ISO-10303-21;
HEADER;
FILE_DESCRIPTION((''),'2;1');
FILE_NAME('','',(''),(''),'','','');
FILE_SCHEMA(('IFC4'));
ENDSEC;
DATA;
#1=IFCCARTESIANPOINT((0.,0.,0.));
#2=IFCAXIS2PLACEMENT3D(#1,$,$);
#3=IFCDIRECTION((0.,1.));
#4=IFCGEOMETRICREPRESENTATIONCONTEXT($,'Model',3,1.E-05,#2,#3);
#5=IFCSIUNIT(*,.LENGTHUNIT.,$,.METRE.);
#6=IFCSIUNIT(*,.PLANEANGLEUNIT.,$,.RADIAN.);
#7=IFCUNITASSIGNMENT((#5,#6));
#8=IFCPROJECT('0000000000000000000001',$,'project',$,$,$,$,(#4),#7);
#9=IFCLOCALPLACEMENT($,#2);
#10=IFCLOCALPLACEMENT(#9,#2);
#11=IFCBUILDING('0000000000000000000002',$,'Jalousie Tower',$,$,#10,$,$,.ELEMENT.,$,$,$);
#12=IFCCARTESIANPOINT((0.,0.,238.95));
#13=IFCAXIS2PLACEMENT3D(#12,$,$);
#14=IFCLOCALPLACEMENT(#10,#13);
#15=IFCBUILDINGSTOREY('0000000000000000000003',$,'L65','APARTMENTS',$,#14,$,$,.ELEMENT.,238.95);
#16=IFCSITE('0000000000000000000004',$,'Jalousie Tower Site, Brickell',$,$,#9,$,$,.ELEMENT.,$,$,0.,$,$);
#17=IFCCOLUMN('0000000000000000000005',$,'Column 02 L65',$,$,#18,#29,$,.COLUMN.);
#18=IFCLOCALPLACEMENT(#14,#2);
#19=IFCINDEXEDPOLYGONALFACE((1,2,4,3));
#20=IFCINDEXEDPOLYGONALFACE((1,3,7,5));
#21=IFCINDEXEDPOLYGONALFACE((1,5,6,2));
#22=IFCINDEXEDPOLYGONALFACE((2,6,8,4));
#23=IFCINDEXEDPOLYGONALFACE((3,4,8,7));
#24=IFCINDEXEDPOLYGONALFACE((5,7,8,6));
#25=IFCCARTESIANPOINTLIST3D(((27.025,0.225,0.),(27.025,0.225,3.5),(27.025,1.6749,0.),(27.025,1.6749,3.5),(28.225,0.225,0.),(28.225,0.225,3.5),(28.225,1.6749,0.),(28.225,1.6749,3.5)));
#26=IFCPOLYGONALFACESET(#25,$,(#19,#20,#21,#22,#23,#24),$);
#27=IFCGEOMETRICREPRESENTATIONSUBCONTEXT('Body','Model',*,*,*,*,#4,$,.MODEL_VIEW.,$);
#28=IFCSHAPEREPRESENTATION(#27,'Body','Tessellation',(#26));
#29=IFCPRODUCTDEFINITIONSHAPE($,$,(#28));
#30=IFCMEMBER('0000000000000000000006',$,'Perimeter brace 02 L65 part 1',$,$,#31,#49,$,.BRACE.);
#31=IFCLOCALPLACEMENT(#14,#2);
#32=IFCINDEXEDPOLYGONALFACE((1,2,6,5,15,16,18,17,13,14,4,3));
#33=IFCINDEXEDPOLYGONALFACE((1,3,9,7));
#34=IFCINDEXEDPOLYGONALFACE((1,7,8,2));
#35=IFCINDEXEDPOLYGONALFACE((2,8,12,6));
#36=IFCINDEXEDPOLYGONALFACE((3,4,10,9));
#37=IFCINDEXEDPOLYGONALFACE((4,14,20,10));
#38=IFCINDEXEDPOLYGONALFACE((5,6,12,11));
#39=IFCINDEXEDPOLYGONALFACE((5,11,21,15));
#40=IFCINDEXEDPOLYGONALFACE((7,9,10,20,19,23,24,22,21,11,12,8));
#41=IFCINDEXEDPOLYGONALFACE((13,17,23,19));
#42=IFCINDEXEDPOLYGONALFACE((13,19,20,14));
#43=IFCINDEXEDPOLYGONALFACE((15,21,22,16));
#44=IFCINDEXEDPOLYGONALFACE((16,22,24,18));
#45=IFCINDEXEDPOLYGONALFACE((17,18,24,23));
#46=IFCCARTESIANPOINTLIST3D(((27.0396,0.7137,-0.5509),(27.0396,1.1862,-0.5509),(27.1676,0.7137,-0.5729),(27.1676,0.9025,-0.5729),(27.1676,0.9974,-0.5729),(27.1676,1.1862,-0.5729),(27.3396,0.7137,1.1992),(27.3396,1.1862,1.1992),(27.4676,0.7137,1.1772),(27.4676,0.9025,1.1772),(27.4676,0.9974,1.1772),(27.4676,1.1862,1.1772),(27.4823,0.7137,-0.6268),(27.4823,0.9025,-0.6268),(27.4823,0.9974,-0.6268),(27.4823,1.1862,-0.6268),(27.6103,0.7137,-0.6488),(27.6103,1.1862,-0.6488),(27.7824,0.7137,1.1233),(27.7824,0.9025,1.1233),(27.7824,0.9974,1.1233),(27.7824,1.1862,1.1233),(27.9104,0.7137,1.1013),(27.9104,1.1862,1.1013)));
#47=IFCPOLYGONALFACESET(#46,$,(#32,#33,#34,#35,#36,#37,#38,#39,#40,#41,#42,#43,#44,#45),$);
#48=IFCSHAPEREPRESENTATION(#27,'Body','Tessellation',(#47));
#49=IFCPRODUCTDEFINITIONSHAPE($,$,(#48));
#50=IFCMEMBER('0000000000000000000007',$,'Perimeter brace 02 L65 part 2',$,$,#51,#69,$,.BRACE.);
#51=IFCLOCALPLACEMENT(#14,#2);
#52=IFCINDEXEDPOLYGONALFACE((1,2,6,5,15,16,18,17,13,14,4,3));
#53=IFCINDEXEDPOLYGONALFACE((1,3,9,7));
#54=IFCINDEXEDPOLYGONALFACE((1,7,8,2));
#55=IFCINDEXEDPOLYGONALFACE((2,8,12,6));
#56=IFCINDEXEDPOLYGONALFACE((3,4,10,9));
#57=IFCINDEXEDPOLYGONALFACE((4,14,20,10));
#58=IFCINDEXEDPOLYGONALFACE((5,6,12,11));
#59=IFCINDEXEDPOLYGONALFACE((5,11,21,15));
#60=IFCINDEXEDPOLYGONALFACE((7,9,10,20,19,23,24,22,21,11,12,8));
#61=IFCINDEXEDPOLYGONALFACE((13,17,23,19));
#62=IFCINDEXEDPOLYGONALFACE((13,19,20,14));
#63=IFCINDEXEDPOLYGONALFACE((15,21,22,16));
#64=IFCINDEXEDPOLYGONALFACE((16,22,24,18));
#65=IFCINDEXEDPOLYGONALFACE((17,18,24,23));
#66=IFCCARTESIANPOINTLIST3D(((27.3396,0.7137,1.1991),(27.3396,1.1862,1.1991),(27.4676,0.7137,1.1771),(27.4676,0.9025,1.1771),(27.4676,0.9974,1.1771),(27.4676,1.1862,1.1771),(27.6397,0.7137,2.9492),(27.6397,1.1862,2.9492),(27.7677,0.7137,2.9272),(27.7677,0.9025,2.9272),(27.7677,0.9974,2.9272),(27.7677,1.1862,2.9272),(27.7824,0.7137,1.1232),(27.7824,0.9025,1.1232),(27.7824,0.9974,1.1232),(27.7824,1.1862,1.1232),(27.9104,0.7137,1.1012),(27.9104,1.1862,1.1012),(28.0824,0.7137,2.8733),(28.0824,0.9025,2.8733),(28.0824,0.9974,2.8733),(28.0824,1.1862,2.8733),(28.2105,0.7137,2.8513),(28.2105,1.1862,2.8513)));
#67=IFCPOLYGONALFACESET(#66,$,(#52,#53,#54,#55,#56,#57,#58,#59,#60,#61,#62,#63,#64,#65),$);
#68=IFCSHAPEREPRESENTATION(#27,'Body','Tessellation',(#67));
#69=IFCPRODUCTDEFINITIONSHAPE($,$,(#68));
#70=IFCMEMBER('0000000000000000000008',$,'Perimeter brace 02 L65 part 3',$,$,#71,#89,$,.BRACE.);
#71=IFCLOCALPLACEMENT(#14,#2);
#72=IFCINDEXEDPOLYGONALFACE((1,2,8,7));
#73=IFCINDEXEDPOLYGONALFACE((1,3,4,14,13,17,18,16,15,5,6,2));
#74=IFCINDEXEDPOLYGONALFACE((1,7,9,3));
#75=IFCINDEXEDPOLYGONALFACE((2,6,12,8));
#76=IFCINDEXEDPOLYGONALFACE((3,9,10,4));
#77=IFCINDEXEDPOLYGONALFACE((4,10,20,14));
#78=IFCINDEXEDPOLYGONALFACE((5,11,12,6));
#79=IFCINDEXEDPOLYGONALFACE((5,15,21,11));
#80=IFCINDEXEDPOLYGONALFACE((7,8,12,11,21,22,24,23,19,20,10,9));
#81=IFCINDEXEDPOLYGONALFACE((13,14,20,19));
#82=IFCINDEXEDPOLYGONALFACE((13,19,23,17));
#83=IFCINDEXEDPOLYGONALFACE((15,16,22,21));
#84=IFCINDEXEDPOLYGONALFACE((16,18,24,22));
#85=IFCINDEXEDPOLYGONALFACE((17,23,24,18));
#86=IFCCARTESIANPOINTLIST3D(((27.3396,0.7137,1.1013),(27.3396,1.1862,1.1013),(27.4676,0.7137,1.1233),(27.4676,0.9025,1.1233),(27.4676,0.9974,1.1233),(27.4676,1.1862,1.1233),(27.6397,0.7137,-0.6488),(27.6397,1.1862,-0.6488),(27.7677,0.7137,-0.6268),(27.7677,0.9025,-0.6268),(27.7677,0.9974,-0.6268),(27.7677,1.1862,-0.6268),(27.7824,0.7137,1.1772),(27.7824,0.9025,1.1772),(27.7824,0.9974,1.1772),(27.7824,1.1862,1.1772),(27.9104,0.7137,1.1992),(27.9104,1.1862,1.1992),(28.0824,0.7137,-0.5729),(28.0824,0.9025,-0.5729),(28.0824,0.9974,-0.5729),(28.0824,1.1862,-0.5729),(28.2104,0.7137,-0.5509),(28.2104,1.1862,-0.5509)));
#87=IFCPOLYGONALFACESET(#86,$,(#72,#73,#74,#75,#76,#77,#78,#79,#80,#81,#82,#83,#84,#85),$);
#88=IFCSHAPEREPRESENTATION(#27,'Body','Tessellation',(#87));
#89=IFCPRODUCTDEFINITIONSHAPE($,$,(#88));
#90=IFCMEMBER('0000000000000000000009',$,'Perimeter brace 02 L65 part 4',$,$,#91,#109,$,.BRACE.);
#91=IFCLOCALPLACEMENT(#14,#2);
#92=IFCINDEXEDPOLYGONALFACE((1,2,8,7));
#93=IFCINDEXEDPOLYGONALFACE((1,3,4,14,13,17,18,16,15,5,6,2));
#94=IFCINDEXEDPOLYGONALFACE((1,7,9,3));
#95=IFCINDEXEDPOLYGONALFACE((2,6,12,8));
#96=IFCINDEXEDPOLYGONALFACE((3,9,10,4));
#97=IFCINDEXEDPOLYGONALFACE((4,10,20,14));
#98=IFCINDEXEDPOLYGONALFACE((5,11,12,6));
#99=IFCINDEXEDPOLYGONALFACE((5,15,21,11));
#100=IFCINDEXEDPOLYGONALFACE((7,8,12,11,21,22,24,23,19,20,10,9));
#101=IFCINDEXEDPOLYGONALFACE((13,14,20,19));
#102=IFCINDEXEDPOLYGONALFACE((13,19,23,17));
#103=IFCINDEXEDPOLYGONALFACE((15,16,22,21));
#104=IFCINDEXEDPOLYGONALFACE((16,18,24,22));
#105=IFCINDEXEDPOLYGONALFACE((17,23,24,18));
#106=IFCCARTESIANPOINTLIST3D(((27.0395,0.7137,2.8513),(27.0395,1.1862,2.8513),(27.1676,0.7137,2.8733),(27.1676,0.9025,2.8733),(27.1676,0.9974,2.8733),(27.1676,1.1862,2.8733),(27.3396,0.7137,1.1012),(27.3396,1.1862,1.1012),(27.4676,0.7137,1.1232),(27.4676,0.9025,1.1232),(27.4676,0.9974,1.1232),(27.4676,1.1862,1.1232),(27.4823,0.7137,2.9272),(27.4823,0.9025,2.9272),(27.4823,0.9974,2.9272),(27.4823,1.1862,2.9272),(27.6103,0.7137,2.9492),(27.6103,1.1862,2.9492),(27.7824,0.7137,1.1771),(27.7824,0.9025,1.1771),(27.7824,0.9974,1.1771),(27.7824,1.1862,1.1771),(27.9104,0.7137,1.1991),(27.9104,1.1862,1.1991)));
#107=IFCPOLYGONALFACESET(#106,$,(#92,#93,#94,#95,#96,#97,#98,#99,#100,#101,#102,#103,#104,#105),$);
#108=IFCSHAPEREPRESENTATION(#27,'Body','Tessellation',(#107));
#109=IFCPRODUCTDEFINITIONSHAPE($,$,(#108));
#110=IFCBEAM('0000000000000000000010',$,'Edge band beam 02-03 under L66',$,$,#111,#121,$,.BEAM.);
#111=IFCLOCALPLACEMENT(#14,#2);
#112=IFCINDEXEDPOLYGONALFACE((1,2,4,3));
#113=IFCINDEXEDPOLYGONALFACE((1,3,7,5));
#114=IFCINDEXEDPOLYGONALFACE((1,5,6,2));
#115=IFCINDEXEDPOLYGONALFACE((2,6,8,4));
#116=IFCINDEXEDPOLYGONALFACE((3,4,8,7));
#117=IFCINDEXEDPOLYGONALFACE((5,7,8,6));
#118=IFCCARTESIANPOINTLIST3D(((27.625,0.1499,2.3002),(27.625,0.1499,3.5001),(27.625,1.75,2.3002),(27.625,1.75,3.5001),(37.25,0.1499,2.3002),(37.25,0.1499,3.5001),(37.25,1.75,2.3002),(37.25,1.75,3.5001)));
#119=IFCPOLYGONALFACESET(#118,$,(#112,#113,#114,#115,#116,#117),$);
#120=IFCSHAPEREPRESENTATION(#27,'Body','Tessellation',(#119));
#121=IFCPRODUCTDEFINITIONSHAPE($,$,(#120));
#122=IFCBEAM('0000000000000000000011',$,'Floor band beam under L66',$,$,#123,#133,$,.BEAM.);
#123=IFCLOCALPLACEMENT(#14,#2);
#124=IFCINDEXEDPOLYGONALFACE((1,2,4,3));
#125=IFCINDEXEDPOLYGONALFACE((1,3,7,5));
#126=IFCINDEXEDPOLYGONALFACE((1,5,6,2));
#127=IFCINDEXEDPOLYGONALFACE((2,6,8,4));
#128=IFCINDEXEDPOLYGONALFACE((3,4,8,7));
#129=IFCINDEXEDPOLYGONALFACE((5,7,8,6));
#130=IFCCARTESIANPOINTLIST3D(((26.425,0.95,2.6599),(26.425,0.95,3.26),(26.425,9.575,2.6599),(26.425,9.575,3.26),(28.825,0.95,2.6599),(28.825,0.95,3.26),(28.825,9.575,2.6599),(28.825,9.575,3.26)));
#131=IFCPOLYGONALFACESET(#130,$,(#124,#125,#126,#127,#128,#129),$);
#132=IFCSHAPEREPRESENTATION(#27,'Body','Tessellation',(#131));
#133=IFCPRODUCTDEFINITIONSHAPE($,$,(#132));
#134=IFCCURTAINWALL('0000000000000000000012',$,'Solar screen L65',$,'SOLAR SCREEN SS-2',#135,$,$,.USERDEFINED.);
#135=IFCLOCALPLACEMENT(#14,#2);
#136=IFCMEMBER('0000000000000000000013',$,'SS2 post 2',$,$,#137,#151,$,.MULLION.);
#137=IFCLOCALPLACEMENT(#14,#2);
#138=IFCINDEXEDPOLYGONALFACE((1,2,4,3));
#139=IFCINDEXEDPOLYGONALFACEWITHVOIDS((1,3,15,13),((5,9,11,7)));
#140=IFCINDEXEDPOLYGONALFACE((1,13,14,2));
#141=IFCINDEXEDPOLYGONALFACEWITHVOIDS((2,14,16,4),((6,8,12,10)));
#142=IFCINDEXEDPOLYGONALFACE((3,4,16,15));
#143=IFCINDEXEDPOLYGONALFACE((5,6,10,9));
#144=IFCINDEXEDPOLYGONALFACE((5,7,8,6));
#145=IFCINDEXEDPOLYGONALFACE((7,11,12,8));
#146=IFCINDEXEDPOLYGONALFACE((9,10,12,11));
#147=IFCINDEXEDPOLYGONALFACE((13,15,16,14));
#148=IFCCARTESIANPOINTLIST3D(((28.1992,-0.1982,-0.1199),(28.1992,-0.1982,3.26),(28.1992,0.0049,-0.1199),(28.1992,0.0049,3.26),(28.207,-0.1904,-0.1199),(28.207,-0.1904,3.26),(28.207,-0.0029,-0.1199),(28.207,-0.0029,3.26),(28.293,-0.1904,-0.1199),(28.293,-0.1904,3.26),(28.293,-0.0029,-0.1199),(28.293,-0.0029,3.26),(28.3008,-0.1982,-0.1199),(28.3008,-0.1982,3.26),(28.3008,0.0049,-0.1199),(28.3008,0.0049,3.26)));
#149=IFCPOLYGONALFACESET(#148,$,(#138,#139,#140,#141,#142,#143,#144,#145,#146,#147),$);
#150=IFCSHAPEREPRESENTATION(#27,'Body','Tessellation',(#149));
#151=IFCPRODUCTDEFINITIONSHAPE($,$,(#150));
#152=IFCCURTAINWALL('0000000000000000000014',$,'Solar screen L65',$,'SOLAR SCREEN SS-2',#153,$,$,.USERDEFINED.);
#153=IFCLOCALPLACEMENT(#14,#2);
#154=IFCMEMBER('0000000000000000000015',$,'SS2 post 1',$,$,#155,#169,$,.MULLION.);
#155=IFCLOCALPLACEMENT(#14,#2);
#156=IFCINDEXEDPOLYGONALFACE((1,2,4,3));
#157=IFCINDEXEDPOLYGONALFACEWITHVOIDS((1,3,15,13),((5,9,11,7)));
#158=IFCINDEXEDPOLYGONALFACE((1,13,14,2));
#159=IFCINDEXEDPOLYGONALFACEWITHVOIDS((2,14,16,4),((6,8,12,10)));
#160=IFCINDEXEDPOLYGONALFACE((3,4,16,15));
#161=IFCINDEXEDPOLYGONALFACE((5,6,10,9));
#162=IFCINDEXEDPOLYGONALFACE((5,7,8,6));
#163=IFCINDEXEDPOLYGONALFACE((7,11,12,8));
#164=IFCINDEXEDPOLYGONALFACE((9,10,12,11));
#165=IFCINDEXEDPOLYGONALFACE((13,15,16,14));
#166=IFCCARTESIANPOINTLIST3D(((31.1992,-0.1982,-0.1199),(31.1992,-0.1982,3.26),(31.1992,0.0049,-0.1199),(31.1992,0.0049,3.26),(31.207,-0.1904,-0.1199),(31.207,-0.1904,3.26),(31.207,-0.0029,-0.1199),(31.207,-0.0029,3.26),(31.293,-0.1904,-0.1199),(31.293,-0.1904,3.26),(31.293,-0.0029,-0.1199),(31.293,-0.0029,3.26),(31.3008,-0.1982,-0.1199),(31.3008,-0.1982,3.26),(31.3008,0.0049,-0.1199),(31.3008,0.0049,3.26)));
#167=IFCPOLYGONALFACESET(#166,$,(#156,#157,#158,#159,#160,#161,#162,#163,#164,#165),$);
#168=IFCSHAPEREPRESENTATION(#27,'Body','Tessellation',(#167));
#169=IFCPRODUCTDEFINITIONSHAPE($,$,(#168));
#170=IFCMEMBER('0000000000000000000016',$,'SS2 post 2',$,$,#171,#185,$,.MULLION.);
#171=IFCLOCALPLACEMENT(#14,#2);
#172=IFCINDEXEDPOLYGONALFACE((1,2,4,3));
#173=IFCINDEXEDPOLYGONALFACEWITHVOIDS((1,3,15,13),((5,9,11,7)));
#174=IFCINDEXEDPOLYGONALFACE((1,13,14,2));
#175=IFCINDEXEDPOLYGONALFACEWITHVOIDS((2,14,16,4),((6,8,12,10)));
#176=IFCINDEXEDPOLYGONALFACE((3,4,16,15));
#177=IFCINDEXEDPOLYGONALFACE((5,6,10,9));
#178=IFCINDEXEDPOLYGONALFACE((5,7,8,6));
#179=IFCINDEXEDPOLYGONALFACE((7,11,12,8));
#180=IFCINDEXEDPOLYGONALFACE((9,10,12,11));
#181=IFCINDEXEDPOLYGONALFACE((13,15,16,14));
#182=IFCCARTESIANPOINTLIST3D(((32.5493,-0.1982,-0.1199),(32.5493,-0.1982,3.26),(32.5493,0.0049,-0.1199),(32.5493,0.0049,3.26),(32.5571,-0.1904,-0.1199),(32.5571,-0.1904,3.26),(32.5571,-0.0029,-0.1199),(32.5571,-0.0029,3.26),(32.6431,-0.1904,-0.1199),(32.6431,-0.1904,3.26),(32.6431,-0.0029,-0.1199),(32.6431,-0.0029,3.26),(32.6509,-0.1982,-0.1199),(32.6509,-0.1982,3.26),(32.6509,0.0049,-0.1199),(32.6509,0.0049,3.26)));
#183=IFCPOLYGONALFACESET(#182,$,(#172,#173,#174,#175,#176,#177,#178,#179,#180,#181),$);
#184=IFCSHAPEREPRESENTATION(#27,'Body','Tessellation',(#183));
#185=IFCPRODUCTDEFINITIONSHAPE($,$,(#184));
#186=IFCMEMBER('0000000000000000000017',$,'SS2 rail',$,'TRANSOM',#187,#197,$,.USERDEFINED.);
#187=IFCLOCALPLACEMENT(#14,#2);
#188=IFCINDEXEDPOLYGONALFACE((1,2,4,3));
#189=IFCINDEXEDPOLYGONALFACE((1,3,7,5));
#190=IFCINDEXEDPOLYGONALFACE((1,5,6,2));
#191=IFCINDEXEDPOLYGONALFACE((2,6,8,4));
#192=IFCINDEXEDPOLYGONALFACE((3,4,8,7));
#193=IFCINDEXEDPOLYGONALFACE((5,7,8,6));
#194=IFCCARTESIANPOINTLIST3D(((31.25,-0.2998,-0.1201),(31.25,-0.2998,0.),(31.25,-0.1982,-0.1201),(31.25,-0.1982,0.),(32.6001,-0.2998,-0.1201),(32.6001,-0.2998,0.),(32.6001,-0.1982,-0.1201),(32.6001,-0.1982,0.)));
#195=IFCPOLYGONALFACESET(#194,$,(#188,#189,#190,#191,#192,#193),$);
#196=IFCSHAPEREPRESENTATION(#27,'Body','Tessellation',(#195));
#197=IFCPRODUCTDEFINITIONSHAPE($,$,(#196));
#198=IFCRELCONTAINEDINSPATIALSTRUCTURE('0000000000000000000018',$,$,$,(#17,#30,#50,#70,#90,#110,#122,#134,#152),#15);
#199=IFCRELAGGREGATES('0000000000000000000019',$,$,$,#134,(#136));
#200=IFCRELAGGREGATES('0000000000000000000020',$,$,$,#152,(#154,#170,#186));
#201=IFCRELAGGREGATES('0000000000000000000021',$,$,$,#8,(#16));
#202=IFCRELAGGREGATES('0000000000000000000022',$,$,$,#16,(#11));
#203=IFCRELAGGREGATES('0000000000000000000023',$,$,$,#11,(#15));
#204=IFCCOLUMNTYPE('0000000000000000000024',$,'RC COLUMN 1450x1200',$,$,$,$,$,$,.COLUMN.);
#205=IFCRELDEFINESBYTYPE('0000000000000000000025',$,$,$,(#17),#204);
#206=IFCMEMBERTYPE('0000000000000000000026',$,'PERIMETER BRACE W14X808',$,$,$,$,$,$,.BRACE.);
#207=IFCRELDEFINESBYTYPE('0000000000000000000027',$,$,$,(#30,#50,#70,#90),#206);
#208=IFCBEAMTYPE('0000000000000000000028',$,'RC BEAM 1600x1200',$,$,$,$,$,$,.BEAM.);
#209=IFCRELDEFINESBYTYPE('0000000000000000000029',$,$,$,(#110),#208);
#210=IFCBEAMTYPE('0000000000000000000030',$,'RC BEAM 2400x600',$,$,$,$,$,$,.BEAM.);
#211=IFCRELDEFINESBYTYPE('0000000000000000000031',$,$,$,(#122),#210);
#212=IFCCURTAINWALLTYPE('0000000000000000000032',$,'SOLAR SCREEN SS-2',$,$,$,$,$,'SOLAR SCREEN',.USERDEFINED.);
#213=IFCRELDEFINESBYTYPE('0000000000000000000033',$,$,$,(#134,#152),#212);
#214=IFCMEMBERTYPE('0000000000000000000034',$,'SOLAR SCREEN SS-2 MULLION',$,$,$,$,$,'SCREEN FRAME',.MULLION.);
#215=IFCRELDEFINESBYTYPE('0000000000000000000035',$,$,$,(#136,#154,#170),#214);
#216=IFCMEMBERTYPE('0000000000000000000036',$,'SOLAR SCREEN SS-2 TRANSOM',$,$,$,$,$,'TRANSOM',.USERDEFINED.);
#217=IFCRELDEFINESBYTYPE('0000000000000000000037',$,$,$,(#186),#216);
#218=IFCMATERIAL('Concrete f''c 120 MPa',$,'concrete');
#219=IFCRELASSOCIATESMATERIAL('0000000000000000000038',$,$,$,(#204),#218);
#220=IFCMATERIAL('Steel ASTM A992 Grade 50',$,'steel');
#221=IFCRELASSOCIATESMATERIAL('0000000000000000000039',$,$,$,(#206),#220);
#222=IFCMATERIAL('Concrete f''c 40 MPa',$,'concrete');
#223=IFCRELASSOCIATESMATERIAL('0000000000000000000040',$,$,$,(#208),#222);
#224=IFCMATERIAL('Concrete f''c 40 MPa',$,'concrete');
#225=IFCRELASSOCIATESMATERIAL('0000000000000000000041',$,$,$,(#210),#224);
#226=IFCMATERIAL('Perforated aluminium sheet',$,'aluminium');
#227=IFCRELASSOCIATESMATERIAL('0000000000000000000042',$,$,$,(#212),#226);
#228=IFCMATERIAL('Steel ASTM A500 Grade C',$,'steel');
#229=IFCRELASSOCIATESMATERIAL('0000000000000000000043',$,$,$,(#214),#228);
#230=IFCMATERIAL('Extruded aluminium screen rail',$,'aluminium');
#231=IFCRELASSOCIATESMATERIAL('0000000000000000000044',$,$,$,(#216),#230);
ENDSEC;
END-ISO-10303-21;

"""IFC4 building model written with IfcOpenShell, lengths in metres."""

from ifc_helpers import new_model, si_unit, direction, frame, origin, origin_2d, place, context, subcontext, project, spatial, rectangle, hollow_rectangle, i_section, extrude, material, material_profile, profile_set, type_object, element, aggregate, save


model = new_model("IFC4")

# Units and contexts
model_context = context("Model", 3, precision=1e-05, world=origin(), true_north=direction((0.0, 1.0)))
body_context = subcontext(model_context, "Body", "Model", "MODEL_VIEW")
ifc_project = project(units=[si_unit("LENGTHUNIT", "METRE"), si_unit("PLANEANGLEUNIT", "RADIAN")], contexts=[model_context])

# Site, building, storey
site_placement = place(None, origin())
site = spatial("IfcSite", under=ifc_project, at=site_placement, Name="Jalousie Tower Site, Brickell", CompositionType="ELEMENT", RefElevation=0.0)
building_placement = place(site_placement, origin())
building = spatial("IfcBuilding", under=site, at=building_placement, Name="Jalousie Tower", CompositionType="ELEMENT")
storey_placement = place(building_placement, frame((0.0, 0.0, 238.95)))
storey = spatial("IfcBuildingStorey", under=building, at=storey_placement, Name="L65", Description="APARTMENTS", CompositionType="ELEMENT", Elevation=238.95)

# Column
ifc_material_1 = material(Name="Concrete f'c 120 MPa", Category="concrete")
ifc_material_profile_1 = material_profile(ifc_material_1, rectangle(XDim=1.45, YDim=1.2, at=origin_2d()), Name="RC 1450x1200")
ifc_profile_set_1 = profile_set([ifc_material_profile_1], Name="Concrete f'c 120 MPa")
column_type = type_object("IfcColumnType", Name="RC COLUMN 1450x1200", PredefinedType="COLUMN", material=ifc_profile_set_1)
column_placement = place(storey_placement, frame((27.625, 0.95, 0.0), z_axis=(0.0, 0.0, 1.0), x_axis=(0.0, 1.0, 0.0)))
element("IfcColumn", 1, at=column_placement, inside=storey, type_object=column_type, Name="Column 02 L65", PredefinedType="COLUMN", context=body_context, shape_type="SweptSolid", body=[
    extrude(rectangle(XDim=1.45, YDim=1.2, at=origin_2d()), origin(), (0.0, 0.0, 1.0), 3.5),
])

# Members
ifc_material_2 = material(Name="Steel ASTM A992 Grade 50", Category="steel")
ifc_material_profile_2 = material_profile(ifc_material_2, i_section(OverallWidth=0.4724, OverallDepth=0.5791, WebThickness=0.095, FlangeThickness=0.1299, at=origin_2d()), Name="W14X808")
ifc_profile_set_2 = profile_set([ifc_material_profile_2], Name="Steel ASTM A992 Grade 50")
member_type_1 = type_object("IfcMemberType", Name="PERIMETER BRACE W14X808", PredefinedType="BRACE", material=ifc_profile_set_2)
for number, where, z_axis, x_axis, name in (
    (2, (27.325, 0.95, -0.5999), (0.168991, 0.0, 0.985618), (0.0, 1.0, 0.0), "Perimeter brace 02 L65 part 1"),
    (3, (27.625, 0.95, 1.1501), (0.168991, 0.0, 0.985618), (0.0, 1.0, 0.0), "Perimeter brace 02 L65 part 2"),
    (4, (27.925, 0.95, -0.5999), (-0.168991, 0.0, 0.985618), (0.0, -1.0, 0.0), "Perimeter brace 02 L65 part 3"),
    (5, (27.625, 0.95, 1.1501), (-0.168991, 0.0, 0.985618), (0.0, -1.0, 0.0), "Perimeter brace 02 L65 part 4"),
):
    element("IfcMember", number, at=place(storey_placement, frame(where, z_axis=z_axis, x_axis=x_axis)), inside=storey, type_object=member_type_1, Name=name, PredefinedType="BRACE", context=body_context, shape_type="SweptSolid", body=[
        extrude(i_section(OverallWidth=0.4724, OverallDepth=0.5791, WebThickness=0.095, FlangeThickness=0.1299, at=origin_2d()), origin(), (0.0, 0.0, 1.0), 1.7756),
    ])

# Beams
ifc_material_3 = material(Name="Concrete f'c 40 MPa", Category="concrete")
ifc_material_profile_3 = material_profile(ifc_material_3, rectangle(XDim=1.6001, YDim=1.2, at=origin_2d()), Name="RC 1600x1200")
ifc_profile_set_3 = profile_set([ifc_material_profile_3], Name="Concrete f'c 40 MPa")
beam_type_1 = type_object("IfcBeamType", Name="RC BEAM 1600x1200", PredefinedType="BEAM", material=ifc_profile_set_3)
beam_1_placement = place(storey_placement, frame((27.625, 0.95, 2.9001), z_axis=(1.0, 0.0, 0.0), x_axis=(0.0, 1.0, 0.0)))
element("IfcBeam", 6, at=beam_1_placement, inside=storey, type_object=beam_type_1, Name="Edge band beam 02-03 under L66", PredefinedType="BEAM", context=body_context, shape_type="SweptSolid", body=[
    extrude(rectangle(XDim=1.6001, YDim=1.2, at=origin_2d()), origin(), (0.0, 0.0, 1.0), 9.625),
])
ifc_material_4 = material(Name="Concrete f'c 40 MPa", Category="concrete")
ifc_material_profile_4 = material_profile(ifc_material_4, rectangle(XDim=2.3999, YDim=0.6001, at=origin_2d()), Name="RC 2400x600")
ifc_profile_set_4 = profile_set([ifc_material_profile_4], Name="Concrete f'c 40 MPa")
beam_type_2 = type_object("IfcBeamType", Name="RC BEAM 2400x600", PredefinedType="BEAM", material=ifc_profile_set_4)
beam_2_placement = place(storey_placement, frame((27.625, 0.95, 2.96), z_axis=(0.0, 1.0, 0.0), x_axis=(-1.0, 0.0, 0.0)))
element("IfcBeam", 7, at=beam_2_placement, inside=storey, type_object=beam_type_2, Name="Floor band beam under L66", PredefinedType="BEAM", context=body_context, shape_type="SweptSolid", body=[
    extrude(rectangle(XDim=2.3999, YDim=0.6001, at=origin_2d()), origin(), (0.0, 0.0, 1.0), 8.625),
])

# Curtain wall, member
ifc_material_5 = material(Name="Perforated aluminium sheet", Category="aluminium")
curtain_wall_type = type_object("IfcCurtainWallType", Name="SOLAR SCREEN SS-2", ElementType="SOLAR SCREEN", PredefinedType="USERDEFINED", material=ifc_material_5)
curtain_wall_1_placement = place(storey_placement, origin())
curtain_wall_1 = element("IfcCurtainWall", 8, at=curtain_wall_1_placement, inside=storey, type_object=curtain_wall_type, Name="Solar screen L65", ObjectType="SOLAR SCREEN SS-2", PredefinedType="USERDEFINED")
ifc_material_6 = material(Name="Steel ASTM A500 Grade C", Category="steel")
ifc_material_profile_5 = material_profile(ifc_material_6, hollow_rectangle(XDim=0.1016, YDim=0.2031, WallThickness=0.0078, at=origin_2d()), Name="HSS8X4X5/16")
ifc_profile_set_5 = profile_set([ifc_material_profile_5], Name="Steel ASTM A500 Grade C")
member_type_2 = type_object("IfcMemberType", Name="SOLAR SCREEN SS-2 MULLION", ElementType="SCREEN FRAME", PredefinedType="MULLION", material=ifc_profile_set_5)
member_1_placement = place(storey_placement, frame((28.25, -0.0967, -0.1199), z_axis=(0.0, 0.0, 1.0), x_axis=(1.0, 0.0, 0.0)))
member_1 = element("IfcMember", 9, at=member_1_placement, type_object=member_type_2, Name="SS2 post 2", PredefinedType="MULLION", context=body_context, shape_type="SweptSolid", body=[
    extrude(hollow_rectangle(XDim=0.1016, YDim=0.2031, WallThickness=0.0078, at=origin_2d()), origin(), (0.0, 0.0, 1.0), 3.3799),
])

# Curtain wall, members
curtain_wall_2_placement = place(storey_placement, origin())
curtain_wall_2 = element("IfcCurtainWall", 10, at=curtain_wall_2_placement, inside=storey, type_object=curtain_wall_type, Name="Solar screen L65", ObjectType="SOLAR SCREEN SS-2", PredefinedType="USERDEFINED")
member_2_placement = place(storey_placement, frame((31.25, -0.0967, -0.1199), z_axis=(0.0, 0.0, 1.0), x_axis=(1.0, 0.0, 0.0)))
member_2 = element("IfcMember", 11, at=member_2_placement, type_object=member_type_2, Name="SS2 post 1", PredefinedType="MULLION", context=body_context, shape_type="SweptSolid", body=[
    extrude(hollow_rectangle(XDim=0.1016, YDim=0.2031, WallThickness=0.0078, at=origin_2d()), origin(), (0.0, 0.0, 1.0), 3.3799),
])
member_3_placement = place(storey_placement, frame((32.6001, -0.0967, -0.1199), z_axis=(0.0, 0.0, 1.0), x_axis=(1.0, 0.0, 0.0)))
member_3 = element("IfcMember", 12, at=member_3_placement, type_object=member_type_2, Name="SS2 post 2", PredefinedType="MULLION", context=body_context, shape_type="SweptSolid", body=[
    extrude(hollow_rectangle(XDim=0.1016, YDim=0.2031, WallThickness=0.0078, at=origin_2d()), origin(), (0.0, 0.0, 1.0), 3.3799),
])
ifc_material_7 = material(Name="Extruded aluminium screen rail", Category="aluminium")
ifc_material_profile_6 = material_profile(ifc_material_7, rectangle(XDim=0.1016, YDim=0.1201, at=origin_2d()), Name="RAIL 102x120")
ifc_profile_set_6 = profile_set([ifc_material_profile_6], Name="Extruded aluminium screen rail")
member_type_3 = type_object("IfcMemberType", Name="SOLAR SCREEN SS-2 TRANSOM", ElementType="TRANSOM", PredefinedType="USERDEFINED", material=ifc_profile_set_6)
member_4_placement = place(storey_placement, frame((31.25, -0.249, -0.0601), z_axis=(1.0, 0.0, 0.0), x_axis=(0.0, 1.0, 0.0)))
member_4 = element("IfcMember", 13, at=member_4_placement, type_object=member_type_3, Name="SS2 rail", ObjectType="TRANSOM", PredefinedType="USERDEFINED", context=body_context, shape_type="SweptSolid", body=[
    extrude(rectangle(XDim=0.1016, YDim=0.1201, at=origin_2d()), origin(), (0.0, 0.0, 1.0), 1.3501),
])

aggregate(curtain_wall_1, [member_1])
aggregate(curtain_wall_2, [member_2, member_3, member_4])

save(model, "model.ifc")
